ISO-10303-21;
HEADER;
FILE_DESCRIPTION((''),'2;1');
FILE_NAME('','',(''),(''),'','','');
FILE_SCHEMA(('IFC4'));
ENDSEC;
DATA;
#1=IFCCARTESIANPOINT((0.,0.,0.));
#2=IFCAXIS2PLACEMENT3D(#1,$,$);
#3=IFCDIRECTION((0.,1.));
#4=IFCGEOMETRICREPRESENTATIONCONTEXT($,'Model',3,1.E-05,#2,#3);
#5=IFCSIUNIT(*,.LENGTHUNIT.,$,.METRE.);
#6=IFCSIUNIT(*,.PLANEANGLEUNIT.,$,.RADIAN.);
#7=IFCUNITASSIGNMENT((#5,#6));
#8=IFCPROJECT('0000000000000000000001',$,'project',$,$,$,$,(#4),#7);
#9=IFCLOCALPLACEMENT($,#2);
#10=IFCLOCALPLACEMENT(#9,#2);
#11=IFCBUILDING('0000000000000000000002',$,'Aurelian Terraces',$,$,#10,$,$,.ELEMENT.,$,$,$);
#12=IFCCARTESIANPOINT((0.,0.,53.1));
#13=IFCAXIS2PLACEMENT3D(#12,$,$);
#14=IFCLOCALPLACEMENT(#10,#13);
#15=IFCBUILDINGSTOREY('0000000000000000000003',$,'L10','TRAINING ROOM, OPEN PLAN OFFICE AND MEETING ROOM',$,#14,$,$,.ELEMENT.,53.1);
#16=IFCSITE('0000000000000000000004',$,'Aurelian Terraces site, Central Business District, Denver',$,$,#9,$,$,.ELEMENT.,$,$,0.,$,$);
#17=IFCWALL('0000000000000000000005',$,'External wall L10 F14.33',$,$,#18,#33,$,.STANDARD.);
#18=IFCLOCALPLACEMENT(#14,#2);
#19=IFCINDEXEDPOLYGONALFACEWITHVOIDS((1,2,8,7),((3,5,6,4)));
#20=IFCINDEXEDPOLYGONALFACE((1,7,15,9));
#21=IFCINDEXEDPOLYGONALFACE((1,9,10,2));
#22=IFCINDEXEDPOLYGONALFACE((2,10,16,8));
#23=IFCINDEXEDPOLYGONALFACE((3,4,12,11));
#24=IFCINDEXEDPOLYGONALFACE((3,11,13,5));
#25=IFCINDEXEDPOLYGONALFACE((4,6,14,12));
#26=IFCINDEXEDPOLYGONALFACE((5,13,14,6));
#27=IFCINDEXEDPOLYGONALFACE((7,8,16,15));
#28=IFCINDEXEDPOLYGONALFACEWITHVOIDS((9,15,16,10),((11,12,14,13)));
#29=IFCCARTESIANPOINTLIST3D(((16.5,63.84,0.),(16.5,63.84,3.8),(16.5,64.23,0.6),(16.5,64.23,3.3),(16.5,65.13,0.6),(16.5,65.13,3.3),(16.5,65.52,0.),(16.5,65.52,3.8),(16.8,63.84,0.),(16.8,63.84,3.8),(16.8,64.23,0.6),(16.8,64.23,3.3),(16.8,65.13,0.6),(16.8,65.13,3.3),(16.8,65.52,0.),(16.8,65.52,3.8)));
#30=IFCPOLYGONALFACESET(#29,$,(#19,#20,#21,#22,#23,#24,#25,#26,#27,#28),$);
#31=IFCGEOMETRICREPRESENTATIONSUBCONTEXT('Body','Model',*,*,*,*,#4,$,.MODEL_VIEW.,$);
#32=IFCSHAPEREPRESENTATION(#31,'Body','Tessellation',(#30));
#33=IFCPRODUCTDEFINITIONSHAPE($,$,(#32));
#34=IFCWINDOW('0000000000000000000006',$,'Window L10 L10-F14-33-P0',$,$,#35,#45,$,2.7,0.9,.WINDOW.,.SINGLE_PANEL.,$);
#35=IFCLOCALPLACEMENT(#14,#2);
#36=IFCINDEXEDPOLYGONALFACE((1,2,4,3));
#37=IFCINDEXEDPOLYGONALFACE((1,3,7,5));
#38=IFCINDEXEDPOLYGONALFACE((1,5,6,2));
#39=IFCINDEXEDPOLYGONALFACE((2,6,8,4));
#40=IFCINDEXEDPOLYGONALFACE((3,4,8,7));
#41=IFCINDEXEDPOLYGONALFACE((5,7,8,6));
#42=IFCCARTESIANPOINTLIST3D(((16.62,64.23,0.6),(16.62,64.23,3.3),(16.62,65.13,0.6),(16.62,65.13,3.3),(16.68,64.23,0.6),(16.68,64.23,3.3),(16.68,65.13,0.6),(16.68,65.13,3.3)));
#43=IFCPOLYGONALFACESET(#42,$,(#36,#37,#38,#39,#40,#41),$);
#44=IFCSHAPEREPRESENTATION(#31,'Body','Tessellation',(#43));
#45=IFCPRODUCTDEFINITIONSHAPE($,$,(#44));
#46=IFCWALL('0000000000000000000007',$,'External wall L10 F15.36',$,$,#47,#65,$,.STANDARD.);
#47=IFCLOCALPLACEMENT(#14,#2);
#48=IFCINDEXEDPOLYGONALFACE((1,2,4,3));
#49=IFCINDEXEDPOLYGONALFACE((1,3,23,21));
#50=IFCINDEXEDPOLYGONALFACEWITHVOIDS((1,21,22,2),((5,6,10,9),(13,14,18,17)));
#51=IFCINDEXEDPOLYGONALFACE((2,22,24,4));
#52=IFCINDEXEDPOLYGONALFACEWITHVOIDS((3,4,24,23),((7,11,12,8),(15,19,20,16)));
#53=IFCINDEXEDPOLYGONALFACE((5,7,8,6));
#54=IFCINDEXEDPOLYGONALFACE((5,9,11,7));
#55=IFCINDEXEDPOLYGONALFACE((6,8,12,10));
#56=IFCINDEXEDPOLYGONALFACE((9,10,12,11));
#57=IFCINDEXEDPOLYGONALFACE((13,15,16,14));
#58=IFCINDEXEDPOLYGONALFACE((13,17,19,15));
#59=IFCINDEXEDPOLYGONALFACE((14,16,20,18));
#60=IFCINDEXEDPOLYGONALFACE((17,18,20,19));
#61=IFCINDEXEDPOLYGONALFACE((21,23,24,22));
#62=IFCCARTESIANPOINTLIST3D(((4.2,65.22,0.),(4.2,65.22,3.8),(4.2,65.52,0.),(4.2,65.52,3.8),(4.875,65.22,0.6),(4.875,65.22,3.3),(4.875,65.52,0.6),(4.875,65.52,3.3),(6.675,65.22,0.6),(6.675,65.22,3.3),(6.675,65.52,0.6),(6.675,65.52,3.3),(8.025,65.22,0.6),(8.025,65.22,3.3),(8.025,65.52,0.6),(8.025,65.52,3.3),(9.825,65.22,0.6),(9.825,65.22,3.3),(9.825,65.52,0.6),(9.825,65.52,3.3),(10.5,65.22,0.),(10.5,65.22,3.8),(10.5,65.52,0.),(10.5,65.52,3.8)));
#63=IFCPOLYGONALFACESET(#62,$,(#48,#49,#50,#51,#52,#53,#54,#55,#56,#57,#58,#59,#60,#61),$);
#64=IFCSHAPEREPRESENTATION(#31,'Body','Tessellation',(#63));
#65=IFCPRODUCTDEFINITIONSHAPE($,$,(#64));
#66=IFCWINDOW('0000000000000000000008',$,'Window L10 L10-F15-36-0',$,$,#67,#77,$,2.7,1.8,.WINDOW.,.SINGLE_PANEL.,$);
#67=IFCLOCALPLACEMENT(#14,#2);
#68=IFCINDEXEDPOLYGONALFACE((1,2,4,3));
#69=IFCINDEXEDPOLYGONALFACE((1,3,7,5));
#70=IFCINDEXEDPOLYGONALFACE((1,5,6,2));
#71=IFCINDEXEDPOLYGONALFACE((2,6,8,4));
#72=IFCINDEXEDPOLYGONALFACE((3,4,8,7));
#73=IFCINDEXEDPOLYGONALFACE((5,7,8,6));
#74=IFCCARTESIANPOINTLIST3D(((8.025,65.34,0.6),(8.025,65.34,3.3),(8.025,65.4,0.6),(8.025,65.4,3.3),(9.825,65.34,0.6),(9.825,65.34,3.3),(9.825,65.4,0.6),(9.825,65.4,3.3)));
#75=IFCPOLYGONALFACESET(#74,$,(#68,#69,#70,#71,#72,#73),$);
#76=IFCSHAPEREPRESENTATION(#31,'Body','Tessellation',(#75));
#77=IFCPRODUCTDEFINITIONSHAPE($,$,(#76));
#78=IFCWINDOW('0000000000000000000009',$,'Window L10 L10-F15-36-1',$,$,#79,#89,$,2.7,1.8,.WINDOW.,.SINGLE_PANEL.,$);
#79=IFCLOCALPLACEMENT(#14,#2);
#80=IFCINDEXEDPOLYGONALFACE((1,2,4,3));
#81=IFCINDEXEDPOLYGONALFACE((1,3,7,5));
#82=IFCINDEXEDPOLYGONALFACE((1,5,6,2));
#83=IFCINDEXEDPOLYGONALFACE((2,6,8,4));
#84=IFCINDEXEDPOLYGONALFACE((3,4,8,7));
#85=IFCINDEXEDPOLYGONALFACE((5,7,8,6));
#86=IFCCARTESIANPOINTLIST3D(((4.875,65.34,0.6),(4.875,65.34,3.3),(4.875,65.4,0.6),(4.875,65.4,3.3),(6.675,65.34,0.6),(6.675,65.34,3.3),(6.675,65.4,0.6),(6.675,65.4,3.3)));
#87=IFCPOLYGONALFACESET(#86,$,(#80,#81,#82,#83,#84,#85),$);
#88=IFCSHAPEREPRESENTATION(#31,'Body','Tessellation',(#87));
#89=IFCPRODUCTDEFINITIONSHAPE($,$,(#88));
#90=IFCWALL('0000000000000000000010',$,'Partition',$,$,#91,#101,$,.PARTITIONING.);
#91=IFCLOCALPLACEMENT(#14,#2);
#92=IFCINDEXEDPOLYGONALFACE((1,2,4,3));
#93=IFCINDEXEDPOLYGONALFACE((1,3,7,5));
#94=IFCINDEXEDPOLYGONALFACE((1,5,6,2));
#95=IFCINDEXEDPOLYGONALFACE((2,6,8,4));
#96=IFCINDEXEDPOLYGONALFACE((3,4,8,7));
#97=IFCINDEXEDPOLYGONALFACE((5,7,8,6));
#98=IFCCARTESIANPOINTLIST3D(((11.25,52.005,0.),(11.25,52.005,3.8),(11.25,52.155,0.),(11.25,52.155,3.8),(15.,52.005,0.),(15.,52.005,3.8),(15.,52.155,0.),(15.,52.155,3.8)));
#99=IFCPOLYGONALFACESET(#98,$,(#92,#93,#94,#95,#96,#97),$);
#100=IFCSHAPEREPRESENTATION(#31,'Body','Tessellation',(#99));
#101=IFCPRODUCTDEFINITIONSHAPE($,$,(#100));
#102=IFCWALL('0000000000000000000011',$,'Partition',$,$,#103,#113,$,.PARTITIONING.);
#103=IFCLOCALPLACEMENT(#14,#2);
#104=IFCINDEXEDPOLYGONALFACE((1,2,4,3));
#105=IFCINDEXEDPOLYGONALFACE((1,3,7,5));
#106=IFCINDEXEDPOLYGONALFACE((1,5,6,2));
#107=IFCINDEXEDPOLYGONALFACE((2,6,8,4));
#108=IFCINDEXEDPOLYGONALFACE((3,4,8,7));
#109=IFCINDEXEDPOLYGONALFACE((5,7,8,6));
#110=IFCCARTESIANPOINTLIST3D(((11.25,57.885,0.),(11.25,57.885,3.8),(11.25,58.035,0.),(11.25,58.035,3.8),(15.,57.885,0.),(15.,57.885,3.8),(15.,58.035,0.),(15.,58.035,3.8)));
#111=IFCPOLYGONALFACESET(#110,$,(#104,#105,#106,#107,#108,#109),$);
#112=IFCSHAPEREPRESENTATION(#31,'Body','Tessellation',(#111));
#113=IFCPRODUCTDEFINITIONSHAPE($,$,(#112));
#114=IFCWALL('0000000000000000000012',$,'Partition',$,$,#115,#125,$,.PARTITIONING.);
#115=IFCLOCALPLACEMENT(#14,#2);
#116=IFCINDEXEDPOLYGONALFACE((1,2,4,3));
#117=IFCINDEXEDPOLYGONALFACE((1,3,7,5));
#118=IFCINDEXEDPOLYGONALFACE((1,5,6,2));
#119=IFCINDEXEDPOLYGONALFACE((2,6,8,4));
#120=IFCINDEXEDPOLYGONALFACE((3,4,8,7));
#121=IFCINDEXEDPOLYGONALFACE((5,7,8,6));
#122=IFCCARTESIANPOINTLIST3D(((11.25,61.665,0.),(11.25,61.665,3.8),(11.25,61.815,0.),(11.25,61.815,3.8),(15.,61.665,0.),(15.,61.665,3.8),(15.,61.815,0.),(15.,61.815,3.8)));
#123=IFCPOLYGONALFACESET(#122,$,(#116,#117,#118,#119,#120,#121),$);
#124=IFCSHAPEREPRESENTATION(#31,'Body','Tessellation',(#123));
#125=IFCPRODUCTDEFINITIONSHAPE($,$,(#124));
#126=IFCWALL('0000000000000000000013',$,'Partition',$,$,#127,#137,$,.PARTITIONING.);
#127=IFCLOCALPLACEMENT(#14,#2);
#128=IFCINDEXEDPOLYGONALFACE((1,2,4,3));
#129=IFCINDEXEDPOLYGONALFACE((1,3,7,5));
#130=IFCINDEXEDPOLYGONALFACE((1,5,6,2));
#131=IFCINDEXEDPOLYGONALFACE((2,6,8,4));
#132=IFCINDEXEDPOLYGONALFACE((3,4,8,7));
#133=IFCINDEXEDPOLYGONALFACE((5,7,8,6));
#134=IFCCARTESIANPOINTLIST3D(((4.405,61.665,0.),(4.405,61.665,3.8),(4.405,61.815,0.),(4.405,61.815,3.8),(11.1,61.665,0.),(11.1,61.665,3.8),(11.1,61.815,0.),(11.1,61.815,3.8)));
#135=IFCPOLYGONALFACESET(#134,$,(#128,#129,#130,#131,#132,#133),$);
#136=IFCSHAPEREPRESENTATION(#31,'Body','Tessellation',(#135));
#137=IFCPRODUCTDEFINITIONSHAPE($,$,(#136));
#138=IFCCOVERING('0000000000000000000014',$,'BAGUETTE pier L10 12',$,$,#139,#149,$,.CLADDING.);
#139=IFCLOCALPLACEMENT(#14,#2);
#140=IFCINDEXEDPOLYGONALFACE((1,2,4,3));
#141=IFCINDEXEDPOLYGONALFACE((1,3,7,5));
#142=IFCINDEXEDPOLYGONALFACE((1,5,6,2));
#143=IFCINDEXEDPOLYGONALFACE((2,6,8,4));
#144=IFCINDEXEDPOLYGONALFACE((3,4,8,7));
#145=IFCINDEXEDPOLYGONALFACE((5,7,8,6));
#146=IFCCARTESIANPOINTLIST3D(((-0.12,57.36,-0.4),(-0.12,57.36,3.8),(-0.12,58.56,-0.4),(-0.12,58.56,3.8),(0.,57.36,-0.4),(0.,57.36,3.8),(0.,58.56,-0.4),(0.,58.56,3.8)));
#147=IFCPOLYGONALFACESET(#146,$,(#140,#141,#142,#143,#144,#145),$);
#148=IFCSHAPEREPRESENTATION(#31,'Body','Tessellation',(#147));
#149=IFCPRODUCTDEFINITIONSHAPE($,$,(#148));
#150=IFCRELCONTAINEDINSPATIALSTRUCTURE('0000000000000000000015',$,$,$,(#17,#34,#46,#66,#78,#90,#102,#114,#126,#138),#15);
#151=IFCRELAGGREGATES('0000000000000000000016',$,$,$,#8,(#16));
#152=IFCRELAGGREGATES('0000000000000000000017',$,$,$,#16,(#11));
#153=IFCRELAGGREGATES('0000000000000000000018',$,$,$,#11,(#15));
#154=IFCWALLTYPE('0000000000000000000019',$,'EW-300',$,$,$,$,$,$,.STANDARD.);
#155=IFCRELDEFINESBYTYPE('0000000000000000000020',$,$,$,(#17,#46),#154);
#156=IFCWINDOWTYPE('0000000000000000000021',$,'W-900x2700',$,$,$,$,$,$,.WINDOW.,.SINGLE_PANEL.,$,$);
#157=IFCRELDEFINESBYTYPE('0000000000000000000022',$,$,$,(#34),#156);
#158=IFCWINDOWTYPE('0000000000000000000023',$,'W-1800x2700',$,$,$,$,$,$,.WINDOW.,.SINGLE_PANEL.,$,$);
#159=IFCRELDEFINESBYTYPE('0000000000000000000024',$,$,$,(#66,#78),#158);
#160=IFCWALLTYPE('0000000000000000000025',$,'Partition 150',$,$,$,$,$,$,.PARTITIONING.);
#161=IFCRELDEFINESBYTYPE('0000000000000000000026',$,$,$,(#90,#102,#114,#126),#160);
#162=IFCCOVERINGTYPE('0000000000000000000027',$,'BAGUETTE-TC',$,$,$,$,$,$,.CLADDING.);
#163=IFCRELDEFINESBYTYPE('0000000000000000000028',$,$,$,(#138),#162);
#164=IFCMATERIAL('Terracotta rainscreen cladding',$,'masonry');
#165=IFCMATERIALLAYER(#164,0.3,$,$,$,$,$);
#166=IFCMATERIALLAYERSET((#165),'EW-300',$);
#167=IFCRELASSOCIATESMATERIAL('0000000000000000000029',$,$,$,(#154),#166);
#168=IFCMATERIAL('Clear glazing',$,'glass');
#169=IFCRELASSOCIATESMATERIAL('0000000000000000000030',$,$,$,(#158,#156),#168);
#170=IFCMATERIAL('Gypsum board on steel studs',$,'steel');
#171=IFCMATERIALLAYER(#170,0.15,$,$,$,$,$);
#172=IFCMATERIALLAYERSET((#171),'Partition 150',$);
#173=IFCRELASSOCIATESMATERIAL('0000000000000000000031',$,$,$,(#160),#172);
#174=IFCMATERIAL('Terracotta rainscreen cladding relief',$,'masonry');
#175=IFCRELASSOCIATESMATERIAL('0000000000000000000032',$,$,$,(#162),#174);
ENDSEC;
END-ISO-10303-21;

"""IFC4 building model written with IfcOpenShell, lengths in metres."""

from ifc_helpers import new_model, si_unit, direction, frame, frame_2d, origin, origin_2d, place, context, subcontext, project, spatial, rectangle, extrude, source, transform, mapped, material, layer, layer_set, type_object, element, fill, save


model = new_model("IFC4")

# Units and contexts
model_context = context("Model", 3, precision=1e-05, world=origin(), true_north=direction((0.0, 1.0)))
body_context = subcontext(model_context, "Body", "Model", "MODEL_VIEW")
ifc_project = project(units=[si_unit("LENGTHUNIT", "METRE"), si_unit("PLANEANGLEUNIT", "RADIAN")], contexts=[model_context])

# Site, building, storey
site_placement = place(None, origin())
site = spatial("IfcSite", under=ifc_project, at=site_placement, Name="Aurelian Terraces site, Central Business District, Denver", CompositionType="ELEMENT", RefElevation=0.0)
building_placement = place(site_placement, origin())
building = spatial("IfcBuilding", under=site, at=building_placement, Name="Aurelian Terraces", CompositionType="ELEMENT")
storey_placement = place(building_placement, frame((0.0, 0.0, 53.1)))
storey = spatial("IfcBuildingStorey", under=building, at=storey_placement, Name="L10", Description="TRAINING ROOM, OPEN PLAN OFFICE AND MEETING ROOM", CompositionType="ELEMENT", Elevation=53.1)

# Shared definitions
ifc_material_1 = material(Name="Terracotta rainscreen cladding", Category="masonry")
ifc_layer_1 = layer(ifc_material_1, 0.3)
ifc_layer_set_1 = layer_set([ifc_layer_1], Name="EW-300")
wall_type_1 = type_object("IfcWallType", Name="EW-300", PredefinedType="STANDARD", material=ifc_layer_set_1)

# Shared definitions
ifc_material_2 = material(Name="Clear glazing", Category="glass")
shared_shape_1 = source(origin(), body_context, "Body", "SweptSolid", [
    extrude(rectangle(XDim=1.8, YDim=2.7, at=frame_2d((0.9, 1.35))), frame((0.0, 0.16, 0.0), z_axis=(0.0, -1.0, 0.0), x_axis=(1.0, 0.0, 0.0)), (0.0, 0.0, 1.0), 0.32),
])
window_type_1 = type_object("IfcWindowType", Name="W-1800x2700", PartitioningType="SINGLE_PANEL", PredefinedType="WINDOW", material=ifc_material_2)
shared_shape_2 = source(origin(), body_context, "Body", "SweptSolid", [
    extrude(rectangle(XDim=1.8, YDim=2.7, at=frame_2d((0.9, 1.35))), frame((0.0, 0.03, 0.0), z_axis=(0.0, -1.0, 0.0), x_axis=(1.0, 0.0, 0.0)), (0.0, 0.0, 1.0), 0.06),
])

# Wall, opening, window
shared_shape_3 = source(origin(), body_context, "Body", "SweptSolid", [
    extrude(rectangle(XDim=1.68, YDim=0.3, at=frame_2d((0.84, 0.0))), origin(), (0.0, 0.0, 1.0), 3.8),
])
wall_1_placement = place(storey_placement, frame((16.65, 63.84, 0.0), z_axis=(0.0, 0.0, 1.0), x_axis=(0.0, 1.0, 0.0)))
wall_1 = element("IfcWall", 1, at=wall_1_placement, inside=storey, type_object=wall_type_1, Name="External wall L10 F14.33", PredefinedType="STANDARD", context=body_context, shape_type="MappedRepresentation", body=[
    mapped(shared_shape_3, transform((0.0, 0.0, 0.0), scale=1.0)),
])
shared_shape_4 = source(origin(), body_context, "Body", "SweptSolid", [
    extrude(rectangle(XDim=0.9, YDim=2.7, at=frame_2d((0.45, 1.35))), frame((0.0, 0.16, 0.0), z_axis=(0.0, -1.0, 0.0), x_axis=(1.0, 0.0, 0.0)), (0.0, 0.0, 1.0), 0.32),
])
opening_1_placement = place(wall_1_placement, frame((0.39, 0.0, 0.6)))
opening_1 = element("IfcOpeningElement", 2, at=opening_1_placement, cuts=wall_1, PredefinedType="OPENING", context=body_context, shape_type="MappedRepresentation", body=[
    mapped(shared_shape_4, transform((0.0, 0.0, 0.0), scale=1.0)),
])
window_type_2 = type_object("IfcWindowType", Name="W-900x2700", PartitioningType="SINGLE_PANEL", PredefinedType="WINDOW", material=ifc_material_2)
shared_shape_5 = source(origin(), body_context, "Body", "SweptSolid", [
    extrude(rectangle(XDim=0.9, YDim=2.7, at=frame_2d((0.45, 1.35))), frame((0.0, 0.03, 0.0), z_axis=(0.0, -1.0, 0.0), x_axis=(1.0, 0.0, 0.0)), (0.0, 0.0, 1.0), 0.06),
])
window_1_placement = place(opening_1_placement, origin())
window_1 = element("IfcWindow", 3, at=window_1_placement, inside=storey, type_object=window_type_2, Name="Window L10 L10-F14-33-P0", OverallHeight=2.7, OverallWidth=0.9, PartitioningType="SINGLE_PANEL", PredefinedType="WINDOW", context=body_context, shape_type="MappedRepresentation", body=[
    mapped(shared_shape_5, transform((0.0, 0.0, 0.0), scale=1.0)),
])
fill(opening_1, window_1)

# Wall, openings, windows
shared_shape_6 = source(origin(), body_context, "Body", "SweptSolid", [
    extrude(rectangle(XDim=6.3, YDim=0.3, at=frame_2d((3.15, 0.0))), origin(), (0.0, 0.0, 1.0), 3.8),
])
wall_2_placement = place(storey_placement, frame((10.5, 65.37, 0.0), z_axis=(0.0, 0.0, 1.0), x_axis=(-1.0, 0.0, 0.0)))
wall_2 = element("IfcWall", 4, at=wall_2_placement, inside=storey, type_object=wall_type_1, Name="External wall L10 F15.36", PredefinedType="STANDARD", context=body_context, shape_type="MappedRepresentation", body=[
    mapped(shared_shape_6, transform((0.0, 0.0, 0.0), scale=1.0)),
])
opening_2_placement = place(wall_2_placement, frame((0.675, 0.0, 0.6)))
opening_2 = element("IfcOpeningElement", 5, at=opening_2_placement, cuts=wall_2, PredefinedType="OPENING", context=body_context, shape_type="MappedRepresentation", body=[
    mapped(shared_shape_1, transform((0.0, 0.0, 0.0), scale=1.0)),
])
opening_3_placement = place(wall_2_placement, frame((3.825, 0.0, 0.6)))
opening_3 = element("IfcOpeningElement", 6, at=opening_3_placement, cuts=wall_2, PredefinedType="OPENING", context=body_context, shape_type="MappedRepresentation", body=[
    mapped(shared_shape_1, transform((0.0, 0.0, 0.0), scale=1.0)),
])
window_2_placement = place(opening_2_placement, origin())
window_2 = element("IfcWindow", 7, at=window_2_placement, inside=storey, type_object=window_type_1, Name="Window L10 L10-F15-36-0", OverallHeight=2.7, OverallWidth=1.8, PartitioningType="SINGLE_PANEL", PredefinedType="WINDOW", context=body_context, shape_type="MappedRepresentation", body=[
    mapped(shared_shape_2, transform((0.0, 0.0, 0.0), scale=1.0)),
])
fill(opening_2, window_2)
window_3_placement = place(opening_3_placement, origin())
window_3 = element("IfcWindow", 8, at=window_3_placement, inside=storey, type_object=window_type_1, Name="Window L10 L10-F15-36-1", OverallHeight=2.7, OverallWidth=1.8, PartitioningType="SINGLE_PANEL", PredefinedType="WINDOW", context=body_context, shape_type="MappedRepresentation", body=[
    mapped(shared_shape_2, transform((0.0, 0.0, 0.0), scale=1.0)),
])
fill(opening_3, window_3)

# Walls
ifc_material_3 = material(Name="Gypsum board on steel studs", Category="steel")
ifc_layer_2 = layer(ifc_material_3, 0.15)
ifc_layer_set_2 = layer_set([ifc_layer_2], Name="Partition 150")
wall_type_2 = type_object("IfcWallType", Name="Partition 150", PredefinedType="PARTITIONING", material=ifc_layer_set_2)
shared_shape_7 = source(origin(), body_context, "Body", "SweptSolid", [
    extrude(rectangle(XDim=3.75, YDim=0.15, at=frame_2d((1.875, 0.0))), origin(), (0.0, 0.0, 1.0), 3.8),
])
for number, where, z_axis, x_axis, name in (
    (9, (15.0, 52.08, 0.0), (0.0, 0.0, 1.0), (-1.0, 0.0, 0.0), "Partition"),
    (10, (15.0, 57.96, 0.0), (0.0, 0.0, 1.0), (-1.0, 0.0, 0.0), "Partition"),
    (11, (15.0, 61.74, 0.0), (0.0, 0.0, 1.0), (-1.0, 0.0, 0.0), "Partition"),
):
    element("IfcWall", number, at=place(storey_placement, frame(where, z_axis=z_axis, x_axis=x_axis)), inside=storey, type_object=wall_type_2, Name=name, PredefinedType="PARTITIONING", context=body_context, shape_type="MappedRepresentation", body=[
        mapped(shared_shape_7, transform((0.0, 0.0, 0.0), scale=1.0)),
    ])
shared_shape_8 = source(origin(), body_context, "Body", "SweptSolid", [
    extrude(rectangle(XDim=6.695, YDim=0.15, at=frame_2d((3.3475, 0.0))), origin(), (0.0, 0.0, 1.0), 3.8),
])
wall_3_placement = place(storey_placement, frame((11.1, 61.74, 0.0), z_axis=(0.0, 0.0, 1.0), x_axis=(-1.0, 0.0, 0.0)))
element("IfcWall", 12, at=wall_3_placement, inside=storey, type_object=wall_type_2, Name="Partition", PredefinedType="PARTITIONING", context=body_context, shape_type="MappedRepresentation", body=[
    mapped(shared_shape_8, transform((0.0, 0.0, 0.0), scale=1.0)),
])

# Covering
ifc_material_4 = material(Name="Terracotta rainscreen cladding relief", Category="masonry")
covering_type = type_object("IfcCoveringType", Name="BAGUETTE-TC", PredefinedType="CLADDING", material=ifc_material_4)
shared_shape_9 = source(origin(), body_context, "Body", "SweptSolid", [
    extrude(rectangle(XDim=0.12, YDim=1.2, at=origin_2d()), origin(), (0.0, 0.0, 1.0), 4.2),
])
covering_placement = place(storey_placement, frame((-0.06, 57.96, -0.4), z_axis=(0.0, 0.0, 1.0), x_axis=(1.0, 0.0, 0.0)))
element("IfcCovering", 13, at=covering_placement, inside=storey, type_object=covering_type, Name="BAGUETTE pier L10 12", PredefinedType="CLADDING", context=body_context, shape_type="MappedRepresentation", body=[
    mapped(shared_shape_9, transform((0.0, 0.0, 0.0), scale=1.0)),
])

save(model, "model.ifc")
